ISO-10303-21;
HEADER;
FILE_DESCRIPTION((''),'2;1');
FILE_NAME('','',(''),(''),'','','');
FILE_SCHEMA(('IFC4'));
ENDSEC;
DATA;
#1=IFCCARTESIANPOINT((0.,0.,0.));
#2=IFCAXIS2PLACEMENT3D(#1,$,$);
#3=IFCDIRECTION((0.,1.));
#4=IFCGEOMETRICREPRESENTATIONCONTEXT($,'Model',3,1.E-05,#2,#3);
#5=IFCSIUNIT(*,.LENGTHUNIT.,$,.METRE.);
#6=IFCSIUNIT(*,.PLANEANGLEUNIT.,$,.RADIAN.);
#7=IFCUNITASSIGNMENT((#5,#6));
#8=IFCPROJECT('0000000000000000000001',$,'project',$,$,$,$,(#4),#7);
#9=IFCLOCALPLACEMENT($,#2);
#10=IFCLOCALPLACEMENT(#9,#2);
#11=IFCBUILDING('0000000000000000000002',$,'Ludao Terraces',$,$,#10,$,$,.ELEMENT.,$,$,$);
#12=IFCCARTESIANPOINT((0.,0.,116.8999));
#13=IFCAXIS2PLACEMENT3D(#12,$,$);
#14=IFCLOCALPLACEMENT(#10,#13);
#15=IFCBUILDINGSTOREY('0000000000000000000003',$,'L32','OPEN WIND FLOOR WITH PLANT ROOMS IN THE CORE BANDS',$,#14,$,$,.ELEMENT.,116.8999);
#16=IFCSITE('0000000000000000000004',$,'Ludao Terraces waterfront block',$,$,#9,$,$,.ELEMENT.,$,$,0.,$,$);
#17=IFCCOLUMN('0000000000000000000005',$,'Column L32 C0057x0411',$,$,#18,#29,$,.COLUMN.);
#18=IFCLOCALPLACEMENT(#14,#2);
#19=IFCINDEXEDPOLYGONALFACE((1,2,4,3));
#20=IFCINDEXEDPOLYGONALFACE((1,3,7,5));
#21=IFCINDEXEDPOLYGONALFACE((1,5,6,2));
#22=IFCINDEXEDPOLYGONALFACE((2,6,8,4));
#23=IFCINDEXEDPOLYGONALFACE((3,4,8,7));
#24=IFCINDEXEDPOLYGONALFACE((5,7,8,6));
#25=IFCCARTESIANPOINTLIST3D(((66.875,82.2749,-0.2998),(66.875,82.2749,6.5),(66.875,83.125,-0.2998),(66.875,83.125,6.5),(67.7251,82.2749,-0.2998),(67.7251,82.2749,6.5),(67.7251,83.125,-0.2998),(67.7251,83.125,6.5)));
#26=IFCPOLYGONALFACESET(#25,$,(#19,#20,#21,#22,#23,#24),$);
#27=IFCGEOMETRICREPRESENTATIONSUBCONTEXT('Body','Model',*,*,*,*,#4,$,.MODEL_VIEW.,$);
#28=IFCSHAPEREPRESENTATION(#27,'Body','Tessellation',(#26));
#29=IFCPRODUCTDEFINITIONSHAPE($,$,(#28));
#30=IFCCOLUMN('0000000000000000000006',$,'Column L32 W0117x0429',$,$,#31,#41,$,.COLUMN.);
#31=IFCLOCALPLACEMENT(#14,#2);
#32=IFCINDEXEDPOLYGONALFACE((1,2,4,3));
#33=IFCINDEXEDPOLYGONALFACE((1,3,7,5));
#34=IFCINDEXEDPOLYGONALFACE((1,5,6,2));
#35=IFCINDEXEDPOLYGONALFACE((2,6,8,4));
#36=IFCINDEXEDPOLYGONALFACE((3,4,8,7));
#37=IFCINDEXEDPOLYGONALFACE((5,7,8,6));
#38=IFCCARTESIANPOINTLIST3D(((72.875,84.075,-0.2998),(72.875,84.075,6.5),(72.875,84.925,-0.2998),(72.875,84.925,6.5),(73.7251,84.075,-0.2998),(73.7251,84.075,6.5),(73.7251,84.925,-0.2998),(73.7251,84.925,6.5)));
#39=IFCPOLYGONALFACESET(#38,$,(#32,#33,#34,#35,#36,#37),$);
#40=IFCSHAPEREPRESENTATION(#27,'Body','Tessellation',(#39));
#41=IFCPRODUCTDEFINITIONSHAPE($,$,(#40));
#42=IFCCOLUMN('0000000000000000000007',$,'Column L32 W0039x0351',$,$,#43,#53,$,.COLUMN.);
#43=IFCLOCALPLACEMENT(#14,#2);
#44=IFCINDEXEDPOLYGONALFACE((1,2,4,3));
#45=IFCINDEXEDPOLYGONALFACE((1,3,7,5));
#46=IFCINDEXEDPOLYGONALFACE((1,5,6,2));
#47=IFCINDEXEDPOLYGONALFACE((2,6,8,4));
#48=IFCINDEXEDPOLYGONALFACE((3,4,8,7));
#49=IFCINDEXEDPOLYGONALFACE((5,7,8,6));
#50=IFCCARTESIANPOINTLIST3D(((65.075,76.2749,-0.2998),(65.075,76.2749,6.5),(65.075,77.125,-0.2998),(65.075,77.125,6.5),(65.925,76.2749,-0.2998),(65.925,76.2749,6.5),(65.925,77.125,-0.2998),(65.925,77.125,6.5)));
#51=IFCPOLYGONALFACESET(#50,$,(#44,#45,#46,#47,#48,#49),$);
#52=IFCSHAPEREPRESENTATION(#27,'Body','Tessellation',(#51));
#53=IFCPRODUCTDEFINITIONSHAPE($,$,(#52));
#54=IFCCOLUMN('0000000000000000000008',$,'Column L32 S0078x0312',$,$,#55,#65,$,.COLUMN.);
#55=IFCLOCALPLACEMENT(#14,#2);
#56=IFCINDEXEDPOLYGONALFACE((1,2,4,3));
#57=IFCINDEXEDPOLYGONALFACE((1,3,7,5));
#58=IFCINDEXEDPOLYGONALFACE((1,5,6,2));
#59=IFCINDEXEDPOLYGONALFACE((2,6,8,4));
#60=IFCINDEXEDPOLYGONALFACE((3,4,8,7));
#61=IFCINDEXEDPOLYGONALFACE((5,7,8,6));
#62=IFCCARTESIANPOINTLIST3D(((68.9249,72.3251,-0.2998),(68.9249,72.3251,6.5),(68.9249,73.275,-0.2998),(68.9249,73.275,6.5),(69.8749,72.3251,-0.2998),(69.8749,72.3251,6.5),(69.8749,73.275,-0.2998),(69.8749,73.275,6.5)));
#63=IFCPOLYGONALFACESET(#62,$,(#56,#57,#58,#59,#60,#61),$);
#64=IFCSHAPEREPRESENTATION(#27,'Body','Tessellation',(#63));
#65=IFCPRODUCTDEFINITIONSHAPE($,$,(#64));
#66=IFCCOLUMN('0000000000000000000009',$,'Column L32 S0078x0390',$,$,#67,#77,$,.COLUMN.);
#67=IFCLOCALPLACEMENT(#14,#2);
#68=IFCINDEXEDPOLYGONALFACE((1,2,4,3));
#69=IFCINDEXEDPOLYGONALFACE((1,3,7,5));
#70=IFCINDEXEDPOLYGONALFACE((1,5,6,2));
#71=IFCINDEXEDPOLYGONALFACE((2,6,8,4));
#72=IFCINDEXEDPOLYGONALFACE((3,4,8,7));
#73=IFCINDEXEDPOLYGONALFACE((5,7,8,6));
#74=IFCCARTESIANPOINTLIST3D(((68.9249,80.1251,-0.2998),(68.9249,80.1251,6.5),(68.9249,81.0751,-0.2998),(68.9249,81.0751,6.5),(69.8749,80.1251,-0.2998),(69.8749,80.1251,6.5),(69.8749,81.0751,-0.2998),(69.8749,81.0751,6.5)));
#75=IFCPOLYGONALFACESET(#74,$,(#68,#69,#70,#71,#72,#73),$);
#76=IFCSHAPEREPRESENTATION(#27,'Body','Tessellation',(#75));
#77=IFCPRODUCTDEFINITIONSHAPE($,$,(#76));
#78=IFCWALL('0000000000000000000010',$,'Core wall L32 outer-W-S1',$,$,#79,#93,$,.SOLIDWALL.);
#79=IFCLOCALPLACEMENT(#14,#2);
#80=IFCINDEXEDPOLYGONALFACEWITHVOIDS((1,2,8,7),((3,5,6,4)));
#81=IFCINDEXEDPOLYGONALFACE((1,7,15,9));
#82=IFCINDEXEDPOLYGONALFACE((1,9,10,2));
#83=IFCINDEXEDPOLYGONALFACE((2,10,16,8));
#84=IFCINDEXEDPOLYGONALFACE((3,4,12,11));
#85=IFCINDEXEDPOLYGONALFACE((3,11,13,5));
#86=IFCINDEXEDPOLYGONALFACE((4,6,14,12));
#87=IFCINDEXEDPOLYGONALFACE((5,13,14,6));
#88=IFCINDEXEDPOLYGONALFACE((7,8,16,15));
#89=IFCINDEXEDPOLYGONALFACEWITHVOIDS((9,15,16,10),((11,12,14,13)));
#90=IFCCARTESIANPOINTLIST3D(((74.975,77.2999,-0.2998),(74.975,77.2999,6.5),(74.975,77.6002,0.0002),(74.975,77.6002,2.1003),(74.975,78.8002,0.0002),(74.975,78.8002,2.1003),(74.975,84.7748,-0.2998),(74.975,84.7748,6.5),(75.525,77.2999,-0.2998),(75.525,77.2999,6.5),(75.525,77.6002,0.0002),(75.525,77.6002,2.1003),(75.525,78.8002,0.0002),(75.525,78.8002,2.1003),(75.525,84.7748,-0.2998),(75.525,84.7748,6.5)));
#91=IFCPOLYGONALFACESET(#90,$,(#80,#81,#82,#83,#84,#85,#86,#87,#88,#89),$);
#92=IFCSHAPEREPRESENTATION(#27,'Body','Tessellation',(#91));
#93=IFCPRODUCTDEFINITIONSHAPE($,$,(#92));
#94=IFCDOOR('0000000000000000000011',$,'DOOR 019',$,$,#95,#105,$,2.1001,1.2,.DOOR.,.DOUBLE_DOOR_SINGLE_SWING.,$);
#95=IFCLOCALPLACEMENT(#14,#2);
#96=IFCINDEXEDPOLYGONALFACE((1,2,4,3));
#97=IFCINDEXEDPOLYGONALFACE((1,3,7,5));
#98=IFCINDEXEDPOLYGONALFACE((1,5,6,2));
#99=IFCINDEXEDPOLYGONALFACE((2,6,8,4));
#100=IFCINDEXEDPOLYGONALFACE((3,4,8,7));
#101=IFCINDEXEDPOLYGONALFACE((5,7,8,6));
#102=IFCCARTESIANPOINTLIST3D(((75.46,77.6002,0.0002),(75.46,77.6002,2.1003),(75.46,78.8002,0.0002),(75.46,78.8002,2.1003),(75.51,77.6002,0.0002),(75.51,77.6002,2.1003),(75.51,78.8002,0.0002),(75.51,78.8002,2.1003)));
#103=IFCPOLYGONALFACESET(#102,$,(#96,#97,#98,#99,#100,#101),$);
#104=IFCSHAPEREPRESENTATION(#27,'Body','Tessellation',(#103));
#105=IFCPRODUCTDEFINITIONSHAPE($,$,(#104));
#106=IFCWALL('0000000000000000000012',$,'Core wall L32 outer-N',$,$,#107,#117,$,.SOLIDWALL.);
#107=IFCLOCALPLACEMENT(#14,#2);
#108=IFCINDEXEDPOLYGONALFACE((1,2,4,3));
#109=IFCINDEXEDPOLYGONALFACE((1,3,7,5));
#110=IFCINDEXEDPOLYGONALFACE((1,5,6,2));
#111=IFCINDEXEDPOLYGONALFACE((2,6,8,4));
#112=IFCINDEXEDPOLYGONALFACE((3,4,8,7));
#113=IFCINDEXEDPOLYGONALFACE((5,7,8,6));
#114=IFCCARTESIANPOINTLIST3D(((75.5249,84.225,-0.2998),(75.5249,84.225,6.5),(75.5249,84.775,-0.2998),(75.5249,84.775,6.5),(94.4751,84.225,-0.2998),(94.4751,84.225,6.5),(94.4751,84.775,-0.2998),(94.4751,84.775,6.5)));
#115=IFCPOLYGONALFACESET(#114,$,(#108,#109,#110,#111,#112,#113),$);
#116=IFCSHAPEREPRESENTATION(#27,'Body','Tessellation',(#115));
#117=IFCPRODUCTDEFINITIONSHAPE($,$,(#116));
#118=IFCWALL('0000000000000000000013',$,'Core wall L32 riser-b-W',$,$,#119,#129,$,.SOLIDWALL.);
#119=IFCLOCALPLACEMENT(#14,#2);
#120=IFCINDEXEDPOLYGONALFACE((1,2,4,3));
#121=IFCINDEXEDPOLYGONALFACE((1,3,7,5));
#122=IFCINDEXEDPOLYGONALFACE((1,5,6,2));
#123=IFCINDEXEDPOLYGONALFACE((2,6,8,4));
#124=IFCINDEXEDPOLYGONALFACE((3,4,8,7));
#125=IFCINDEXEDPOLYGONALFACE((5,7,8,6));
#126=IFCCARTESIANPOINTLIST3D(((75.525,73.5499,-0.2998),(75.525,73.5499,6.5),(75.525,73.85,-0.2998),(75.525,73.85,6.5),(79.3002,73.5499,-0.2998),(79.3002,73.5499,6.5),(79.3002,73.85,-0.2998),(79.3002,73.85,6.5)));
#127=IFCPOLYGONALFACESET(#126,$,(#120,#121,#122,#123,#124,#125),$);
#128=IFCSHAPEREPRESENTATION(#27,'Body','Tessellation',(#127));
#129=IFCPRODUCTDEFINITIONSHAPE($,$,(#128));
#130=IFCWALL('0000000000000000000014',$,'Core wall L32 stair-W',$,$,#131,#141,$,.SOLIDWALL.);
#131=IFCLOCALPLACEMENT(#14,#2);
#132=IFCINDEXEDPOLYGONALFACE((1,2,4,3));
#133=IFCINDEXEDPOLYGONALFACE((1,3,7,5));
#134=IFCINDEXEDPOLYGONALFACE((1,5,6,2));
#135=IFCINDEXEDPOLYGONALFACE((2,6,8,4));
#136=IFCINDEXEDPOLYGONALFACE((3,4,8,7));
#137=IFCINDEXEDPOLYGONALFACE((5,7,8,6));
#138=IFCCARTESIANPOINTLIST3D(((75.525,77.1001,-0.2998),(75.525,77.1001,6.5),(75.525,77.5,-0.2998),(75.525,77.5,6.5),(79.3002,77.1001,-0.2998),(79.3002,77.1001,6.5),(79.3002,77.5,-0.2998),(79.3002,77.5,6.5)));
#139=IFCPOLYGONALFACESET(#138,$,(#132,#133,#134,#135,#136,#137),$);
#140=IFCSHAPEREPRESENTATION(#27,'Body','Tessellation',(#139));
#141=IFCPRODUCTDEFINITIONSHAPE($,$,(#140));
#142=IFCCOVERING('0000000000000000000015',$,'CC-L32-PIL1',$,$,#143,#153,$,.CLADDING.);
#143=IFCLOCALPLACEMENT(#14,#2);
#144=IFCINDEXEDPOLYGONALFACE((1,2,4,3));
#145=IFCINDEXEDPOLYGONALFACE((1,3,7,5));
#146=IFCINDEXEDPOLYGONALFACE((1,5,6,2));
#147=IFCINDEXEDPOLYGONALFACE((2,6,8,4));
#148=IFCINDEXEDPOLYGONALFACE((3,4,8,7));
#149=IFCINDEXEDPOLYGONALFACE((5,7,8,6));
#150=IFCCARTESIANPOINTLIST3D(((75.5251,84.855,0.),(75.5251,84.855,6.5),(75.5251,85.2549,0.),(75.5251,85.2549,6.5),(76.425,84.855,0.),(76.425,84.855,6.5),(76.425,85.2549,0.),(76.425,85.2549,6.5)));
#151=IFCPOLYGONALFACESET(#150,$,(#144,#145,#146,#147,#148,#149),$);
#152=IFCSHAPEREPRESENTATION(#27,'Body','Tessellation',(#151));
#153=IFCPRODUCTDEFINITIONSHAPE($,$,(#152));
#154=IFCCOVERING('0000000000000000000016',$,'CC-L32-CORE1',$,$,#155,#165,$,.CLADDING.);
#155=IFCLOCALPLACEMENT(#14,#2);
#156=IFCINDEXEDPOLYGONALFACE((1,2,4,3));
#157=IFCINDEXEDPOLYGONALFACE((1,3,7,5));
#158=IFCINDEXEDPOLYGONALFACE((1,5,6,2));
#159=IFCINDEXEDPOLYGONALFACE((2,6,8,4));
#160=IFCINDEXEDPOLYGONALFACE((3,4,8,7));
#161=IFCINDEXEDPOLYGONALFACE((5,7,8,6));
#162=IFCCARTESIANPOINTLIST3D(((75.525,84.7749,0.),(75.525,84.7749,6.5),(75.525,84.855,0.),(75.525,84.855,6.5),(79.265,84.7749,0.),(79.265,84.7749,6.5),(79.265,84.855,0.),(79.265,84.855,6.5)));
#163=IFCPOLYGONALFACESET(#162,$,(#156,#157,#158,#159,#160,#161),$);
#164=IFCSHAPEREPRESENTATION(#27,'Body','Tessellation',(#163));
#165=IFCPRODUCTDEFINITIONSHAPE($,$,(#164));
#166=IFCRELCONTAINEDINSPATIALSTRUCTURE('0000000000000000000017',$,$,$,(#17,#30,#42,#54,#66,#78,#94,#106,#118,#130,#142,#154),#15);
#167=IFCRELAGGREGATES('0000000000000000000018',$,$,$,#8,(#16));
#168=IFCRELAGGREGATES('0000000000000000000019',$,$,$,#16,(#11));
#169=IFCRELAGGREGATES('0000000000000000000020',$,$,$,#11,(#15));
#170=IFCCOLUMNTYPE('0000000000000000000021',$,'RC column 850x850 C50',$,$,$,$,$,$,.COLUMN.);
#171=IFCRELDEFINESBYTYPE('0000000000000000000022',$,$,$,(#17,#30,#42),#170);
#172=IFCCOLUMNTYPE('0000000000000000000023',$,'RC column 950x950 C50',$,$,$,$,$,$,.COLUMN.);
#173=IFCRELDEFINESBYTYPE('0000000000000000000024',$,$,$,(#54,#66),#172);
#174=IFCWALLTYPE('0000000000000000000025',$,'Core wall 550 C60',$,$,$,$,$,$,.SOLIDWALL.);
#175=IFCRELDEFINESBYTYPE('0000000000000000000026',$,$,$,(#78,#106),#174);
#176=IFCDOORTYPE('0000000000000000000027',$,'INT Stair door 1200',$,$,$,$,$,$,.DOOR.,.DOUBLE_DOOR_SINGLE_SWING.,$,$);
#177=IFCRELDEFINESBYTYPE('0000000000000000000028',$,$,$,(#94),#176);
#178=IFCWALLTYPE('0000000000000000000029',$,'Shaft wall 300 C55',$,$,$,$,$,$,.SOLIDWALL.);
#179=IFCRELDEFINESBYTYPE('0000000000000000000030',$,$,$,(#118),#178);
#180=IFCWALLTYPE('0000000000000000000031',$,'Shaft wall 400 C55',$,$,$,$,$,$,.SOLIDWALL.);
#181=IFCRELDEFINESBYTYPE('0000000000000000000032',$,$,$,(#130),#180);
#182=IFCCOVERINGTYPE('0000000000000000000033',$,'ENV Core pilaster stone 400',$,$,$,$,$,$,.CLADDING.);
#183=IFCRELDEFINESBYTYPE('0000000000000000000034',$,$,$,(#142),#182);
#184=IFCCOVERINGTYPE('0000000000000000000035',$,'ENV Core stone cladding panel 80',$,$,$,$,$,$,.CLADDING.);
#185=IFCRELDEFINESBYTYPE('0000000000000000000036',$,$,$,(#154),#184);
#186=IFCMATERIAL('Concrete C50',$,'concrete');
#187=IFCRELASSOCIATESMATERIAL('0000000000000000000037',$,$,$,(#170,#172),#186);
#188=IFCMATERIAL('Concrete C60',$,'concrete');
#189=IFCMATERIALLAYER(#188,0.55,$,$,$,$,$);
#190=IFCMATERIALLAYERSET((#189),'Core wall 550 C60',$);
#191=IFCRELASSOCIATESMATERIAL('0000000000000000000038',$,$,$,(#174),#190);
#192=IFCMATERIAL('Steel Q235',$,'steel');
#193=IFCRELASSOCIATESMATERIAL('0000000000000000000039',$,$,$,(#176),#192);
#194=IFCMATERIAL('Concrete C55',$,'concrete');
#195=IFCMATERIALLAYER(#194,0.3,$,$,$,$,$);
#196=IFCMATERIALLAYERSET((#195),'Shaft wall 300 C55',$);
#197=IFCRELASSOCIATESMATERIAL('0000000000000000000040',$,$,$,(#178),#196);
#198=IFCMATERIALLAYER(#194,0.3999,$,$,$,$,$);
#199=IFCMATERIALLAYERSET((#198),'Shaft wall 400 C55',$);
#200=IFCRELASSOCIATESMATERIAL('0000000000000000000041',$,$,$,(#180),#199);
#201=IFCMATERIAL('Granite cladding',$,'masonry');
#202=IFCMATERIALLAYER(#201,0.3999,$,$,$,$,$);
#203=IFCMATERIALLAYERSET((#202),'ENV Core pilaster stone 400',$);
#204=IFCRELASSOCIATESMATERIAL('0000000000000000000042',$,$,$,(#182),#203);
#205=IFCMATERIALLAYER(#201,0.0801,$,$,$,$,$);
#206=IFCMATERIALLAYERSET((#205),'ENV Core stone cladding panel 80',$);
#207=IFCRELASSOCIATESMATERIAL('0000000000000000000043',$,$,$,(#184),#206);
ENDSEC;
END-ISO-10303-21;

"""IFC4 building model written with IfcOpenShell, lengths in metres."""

from ifc_helpers import new_model, si_unit, direction, frame, frame_2d, origin, origin_2d, place, context, subcontext, project, spatial, rectangle, extrude, material, layer, layer_set, material_profile, profile_set, type_object, element, fill, save


model = new_model("IFC4")

# Units and contexts
model_context = context("Model", 3, precision=1e-05, world=origin(), true_north=direction((0.0, 1.0)))
body_context = subcontext(model_context, "Body", "Model", "MODEL_VIEW")
ifc_project = project(units=[si_unit("LENGTHUNIT", "METRE"), si_unit("PLANEANGLEUNIT", "RADIAN")], contexts=[model_context])

# Site, building, storey
site_placement = place(None, origin())
site = spatial("IfcSite", under=ifc_project, at=site_placement, Name="Ludao Terraces waterfront block", CompositionType="ELEMENT", RefElevation=0.0)
building_placement = place(site_placement, origin())
building = spatial("IfcBuilding", under=site, at=building_placement, Name="Ludao Terraces", CompositionType="ELEMENT")
storey_placement = place(building_placement, frame((0.0, 0.0, 116.8999)))
storey = spatial("IfcBuildingStorey", under=building, at=storey_placement, Name="L32", Description="OPEN WIND FLOOR WITH PLANT ROOMS IN THE CORE BANDS", CompositionType="ELEMENT", Elevation=116.8999)

# Columns
ifc_material_1 = material(Name="Concrete C50", Category="concrete")
ifc_material_profile_1 = material_profile(ifc_material_1, rectangle(XDim=0.8501, YDim=0.8501, at=origin_2d()), Name="850 X 850")
ifc_profile_set_1 = profile_set([ifc_material_profile_1], Name="Concrete C50")
column_type_1 = type_object("IfcColumnType", Name="RC column 850x850 C50", PredefinedType="COLUMN", material=ifc_profile_set_1)
for number, where, z_axis, x_axis, name in (
    (1, (67.3, 82.7, -0.2998), (0.0, 0.0, 1.0), (1.0, 0.0, 0.0), "Column L32 C0057x0411"),
    (2, (73.3, 84.5, -0.2998), (0.0, 0.0, 1.0), (1.0, 0.0, 0.0), "Column L32 W0117x0429"),
    (3, (65.5, 76.7, -0.2998), (0.0, 0.0, 1.0), (1.0, 0.0, 0.0), "Column L32 W0039x0351"),
):
    element("IfcColumn", number, at=place(storey_placement, frame(where, z_axis=z_axis, x_axis=x_axis)), inside=storey, type_object=column_type_1, Name=name, PredefinedType="COLUMN", context=body_context, shape_type="SweptSolid", body=[
        extrude(rectangle(XDim=0.8501, YDim=0.8501, at=origin_2d()), origin(), (0.0, 0.0, 1.0), 6.7998),
    ])
ifc_material_profile_2 = material_profile(ifc_material_1, rectangle(XDim=0.95, YDim=0.95, at=origin_2d()), Name="950 X 950")
ifc_profile_set_2 = profile_set([ifc_material_profile_2], Name="Concrete C50")
column_type_2 = type_object("IfcColumnType", Name="RC column 950x950 C50", PredefinedType="COLUMN", material=ifc_profile_set_2)
for number, where, z_axis, x_axis, name in (
    (4, (69.3999, 72.8, -0.2998), (0.0, 0.0, 1.0), (1.0, 0.0, 0.0), "Column L32 S0078x0312"),
    (5, (69.3999, 80.6001, -0.2998), (0.0, 0.0, 1.0), (1.0, 0.0, 0.0), "Column L32 S0078x0390"),
):
    element("IfcColumn", number, at=place(storey_placement, frame(where, z_axis=z_axis, x_axis=x_axis)), inside=storey, type_object=column_type_2, Name=name, PredefinedType="COLUMN", context=body_context, shape_type="SweptSolid", body=[
        extrude(rectangle(XDim=0.95, YDim=0.95, at=origin_2d()), origin(), (0.0, 0.0, 1.0), 6.7998),
    ])

# Wall, opening, door
ifc_material_2 = material(Name="Concrete C60", Category="concrete")
ifc_layer_1 = layer(ifc_material_2, 0.55)
ifc_layer_set_1 = layer_set([ifc_layer_1], Name="Core wall 550 C60")
wall_type_1 = type_object("IfcWallType", Name="Core wall 550 C60", PredefinedType="SOLIDWALL", material=ifc_layer_set_1)
wall_1_placement = place(storey_placement, frame((75.25, 77.3, -0.2998), z_axis=(0.0, 0.0, 1.0), x_axis=(0.0, 1.0, 0.0)))
wall_1 = element("IfcWall", 6, at=wall_1_placement, inside=storey, type_object=wall_type_1, Name="Core wall L32 outer-W-S1", PredefinedType="SOLIDWALL", context=body_context, shape_type="SweptSolid", body=[
    extrude(rectangle(XDim=7.4749, YDim=0.55, at=frame_2d((3.7373, 0.0))), origin(), (0.0, 0.0, 1.0), 6.7998),
])
opening_placement = place(wall_1_placement, frame((0.3, 0.0, 0.3)))
opening = element("IfcOpeningElement", 7, at=opening_placement, cuts=wall_1, PredefinedType="OPENING", context=body_context, shape_type="SweptSolid", body=[
    extrude(rectangle(XDim=1.2, YDim=2.1001, at=frame_2d((0.6001, 1.05))), frame((0.0, 0.2852, 0.0), z_axis=(0.0, -1.0, 0.0), x_axis=(1.0, 0.0, 0.0)), (0.0, 0.0, 1.0), 0.5701),
])
ifc_material_3 = material(Name="Steel Q235", Category="steel")
door_type = type_object("IfcDoorType", Name="INT Stair door 1200", OperationType="DOUBLE_DOOR_SINGLE_SWING", PredefinedType="DOOR", material=ifc_material_3)
door_placement = place(opening_placement, origin())
door = element("IfcDoor", 8, at=door_placement, inside=storey, type_object=door_type, Name="DOOR 019", OperationType="DOUBLE_DOOR_SINGLE_SWING", OverallHeight=2.1001, OverallWidth=1.2, PredefinedType="DOOR", context=body_context, shape_type="SweptSolid", body=[
    extrude(rectangle(XDim=1.2, YDim=2.1001, at=frame_2d((0.6001, 1.05))), frame((0.0, -0.21, 0.0), z_axis=(0.0, -1.0, 0.0), x_axis=(1.0, 0.0, 0.0)), (0.0, 0.0, 1.0), 0.05),
])
fill(opening, door)

# Walls
wall_2_placement = place(storey_placement, frame((75.5249, 84.5, -0.2998), z_axis=(0.0, 0.0, 1.0), x_axis=(1.0, 0.0, 0.0)))
element("IfcWall", 9, at=wall_2_placement, inside=storey, type_object=wall_type_1, Name="Core wall L32 outer-N", PredefinedType="SOLIDWALL", context=body_context, shape_type="SweptSolid", body=[
    extrude(rectangle(XDim=18.9502, YDim=0.55, at=frame_2d((9.4751, 0.0))), origin(), (0.0, 0.0, 1.0), 6.7998),
])
ifc_material_4 = material(Name="Concrete C55", Category="concrete")
ifc_layer_2 = layer(ifc_material_4, 0.3)
ifc_layer_set_2 = layer_set([ifc_layer_2], Name="Shaft wall 300 C55")
wall_type_2 = type_object("IfcWallType", Name="Shaft wall 300 C55", PredefinedType="SOLIDWALL", material=ifc_layer_set_2)
wall_3_placement = place(storey_placement, frame((75.5249, 73.7, -0.2998), z_axis=(0.0, 0.0, 1.0), x_axis=(1.0, 0.0, 0.0)))
element("IfcWall", 10, at=wall_3_placement, inside=storey, type_object=wall_type_2, Name="Core wall L32 riser-b-W", PredefinedType="SOLIDWALL", context=body_context, shape_type="SweptSolid", body=[
    extrude(rectangle(XDim=3.7751, YDim=0.3, at=frame_2d((1.8877, 0.0))), origin(), (0.0, 0.0, 1.0), 6.7998),
])
ifc_layer_3 = layer(ifc_material_4, 0.3999)
ifc_layer_set_3 = layer_set([ifc_layer_3], Name="Shaft wall 400 C55")
wall_type_3 = type_object("IfcWallType", Name="Shaft wall 400 C55", PredefinedType="SOLIDWALL", material=ifc_layer_set_3)
wall_4_placement = place(storey_placement, frame((75.5249, 77.3, -0.2998), z_axis=(0.0, 0.0, 1.0), x_axis=(1.0, 0.0, 0.0)))
element("IfcWall", 11, at=wall_4_placement, inside=storey, type_object=wall_type_3, Name="Core wall L32 stair-W", PredefinedType="SOLIDWALL", context=body_context, shape_type="SweptSolid", body=[
    extrude(rectangle(XDim=3.7751, YDim=0.3999, at=frame_2d((1.8877, 0.0))), origin(), (0.0, 0.0, 1.0), 6.7998),
])

# Coverings
ifc_material_5 = material(Name="Granite cladding", Category="masonry")
ifc_layer_4 = layer(ifc_material_5, 0.3999)
ifc_layer_set_4 = layer_set([ifc_layer_4], Name="ENV Core pilaster stone 400")
covering_type_1 = type_object("IfcCoveringType", Name="ENV Core pilaster stone 400", PredefinedType="CLADDING", material=ifc_layer_set_4)
covering_1_placement = place(storey_placement, frame((75.9751, 85.0549, 0.0), z_axis=(0.0, 0.0, 1.0), x_axis=(1.0, 0.0, 0.0)))
element("IfcCovering", 12, at=covering_1_placement, inside=storey, type_object=covering_type_1, Name="CC-L32-PIL1", PredefinedType="CLADDING", context=body_context, shape_type="SweptSolid", body=[
    extrude(rectangle(XDim=0.8999, YDim=0.3999, at=origin_2d()), origin(), (0.0, 0.0, 1.0), 6.5),
])
ifc_layer_5 = layer(ifc_material_5, 0.0801)
ifc_layer_set_5 = layer_set([ifc_layer_5], Name="ENV Core stone cladding panel 80")
covering_type_2 = type_object("IfcCoveringType", Name="ENV Core stone cladding panel 80", PredefinedType="CLADDING", material=ifc_layer_set_5)
covering_2_placement = place(storey_placement, frame((77.395, 84.8149, 0.0), z_axis=(0.0, 0.0, 1.0), x_axis=(1.0, 0.0, 0.0)))
element("IfcCovering", 13, at=covering_2_placement, inside=storey, type_object=covering_type_2, Name="CC-L32-CORE1", PredefinedType="CLADDING", context=body_context, shape_type="SweptSolid", body=[
    extrude(rectangle(XDim=3.74, YDim=0.0801, at=origin_2d()), origin(), (0.0, 0.0, 1.0), 6.5),
])

save(model, "model.ifc")
